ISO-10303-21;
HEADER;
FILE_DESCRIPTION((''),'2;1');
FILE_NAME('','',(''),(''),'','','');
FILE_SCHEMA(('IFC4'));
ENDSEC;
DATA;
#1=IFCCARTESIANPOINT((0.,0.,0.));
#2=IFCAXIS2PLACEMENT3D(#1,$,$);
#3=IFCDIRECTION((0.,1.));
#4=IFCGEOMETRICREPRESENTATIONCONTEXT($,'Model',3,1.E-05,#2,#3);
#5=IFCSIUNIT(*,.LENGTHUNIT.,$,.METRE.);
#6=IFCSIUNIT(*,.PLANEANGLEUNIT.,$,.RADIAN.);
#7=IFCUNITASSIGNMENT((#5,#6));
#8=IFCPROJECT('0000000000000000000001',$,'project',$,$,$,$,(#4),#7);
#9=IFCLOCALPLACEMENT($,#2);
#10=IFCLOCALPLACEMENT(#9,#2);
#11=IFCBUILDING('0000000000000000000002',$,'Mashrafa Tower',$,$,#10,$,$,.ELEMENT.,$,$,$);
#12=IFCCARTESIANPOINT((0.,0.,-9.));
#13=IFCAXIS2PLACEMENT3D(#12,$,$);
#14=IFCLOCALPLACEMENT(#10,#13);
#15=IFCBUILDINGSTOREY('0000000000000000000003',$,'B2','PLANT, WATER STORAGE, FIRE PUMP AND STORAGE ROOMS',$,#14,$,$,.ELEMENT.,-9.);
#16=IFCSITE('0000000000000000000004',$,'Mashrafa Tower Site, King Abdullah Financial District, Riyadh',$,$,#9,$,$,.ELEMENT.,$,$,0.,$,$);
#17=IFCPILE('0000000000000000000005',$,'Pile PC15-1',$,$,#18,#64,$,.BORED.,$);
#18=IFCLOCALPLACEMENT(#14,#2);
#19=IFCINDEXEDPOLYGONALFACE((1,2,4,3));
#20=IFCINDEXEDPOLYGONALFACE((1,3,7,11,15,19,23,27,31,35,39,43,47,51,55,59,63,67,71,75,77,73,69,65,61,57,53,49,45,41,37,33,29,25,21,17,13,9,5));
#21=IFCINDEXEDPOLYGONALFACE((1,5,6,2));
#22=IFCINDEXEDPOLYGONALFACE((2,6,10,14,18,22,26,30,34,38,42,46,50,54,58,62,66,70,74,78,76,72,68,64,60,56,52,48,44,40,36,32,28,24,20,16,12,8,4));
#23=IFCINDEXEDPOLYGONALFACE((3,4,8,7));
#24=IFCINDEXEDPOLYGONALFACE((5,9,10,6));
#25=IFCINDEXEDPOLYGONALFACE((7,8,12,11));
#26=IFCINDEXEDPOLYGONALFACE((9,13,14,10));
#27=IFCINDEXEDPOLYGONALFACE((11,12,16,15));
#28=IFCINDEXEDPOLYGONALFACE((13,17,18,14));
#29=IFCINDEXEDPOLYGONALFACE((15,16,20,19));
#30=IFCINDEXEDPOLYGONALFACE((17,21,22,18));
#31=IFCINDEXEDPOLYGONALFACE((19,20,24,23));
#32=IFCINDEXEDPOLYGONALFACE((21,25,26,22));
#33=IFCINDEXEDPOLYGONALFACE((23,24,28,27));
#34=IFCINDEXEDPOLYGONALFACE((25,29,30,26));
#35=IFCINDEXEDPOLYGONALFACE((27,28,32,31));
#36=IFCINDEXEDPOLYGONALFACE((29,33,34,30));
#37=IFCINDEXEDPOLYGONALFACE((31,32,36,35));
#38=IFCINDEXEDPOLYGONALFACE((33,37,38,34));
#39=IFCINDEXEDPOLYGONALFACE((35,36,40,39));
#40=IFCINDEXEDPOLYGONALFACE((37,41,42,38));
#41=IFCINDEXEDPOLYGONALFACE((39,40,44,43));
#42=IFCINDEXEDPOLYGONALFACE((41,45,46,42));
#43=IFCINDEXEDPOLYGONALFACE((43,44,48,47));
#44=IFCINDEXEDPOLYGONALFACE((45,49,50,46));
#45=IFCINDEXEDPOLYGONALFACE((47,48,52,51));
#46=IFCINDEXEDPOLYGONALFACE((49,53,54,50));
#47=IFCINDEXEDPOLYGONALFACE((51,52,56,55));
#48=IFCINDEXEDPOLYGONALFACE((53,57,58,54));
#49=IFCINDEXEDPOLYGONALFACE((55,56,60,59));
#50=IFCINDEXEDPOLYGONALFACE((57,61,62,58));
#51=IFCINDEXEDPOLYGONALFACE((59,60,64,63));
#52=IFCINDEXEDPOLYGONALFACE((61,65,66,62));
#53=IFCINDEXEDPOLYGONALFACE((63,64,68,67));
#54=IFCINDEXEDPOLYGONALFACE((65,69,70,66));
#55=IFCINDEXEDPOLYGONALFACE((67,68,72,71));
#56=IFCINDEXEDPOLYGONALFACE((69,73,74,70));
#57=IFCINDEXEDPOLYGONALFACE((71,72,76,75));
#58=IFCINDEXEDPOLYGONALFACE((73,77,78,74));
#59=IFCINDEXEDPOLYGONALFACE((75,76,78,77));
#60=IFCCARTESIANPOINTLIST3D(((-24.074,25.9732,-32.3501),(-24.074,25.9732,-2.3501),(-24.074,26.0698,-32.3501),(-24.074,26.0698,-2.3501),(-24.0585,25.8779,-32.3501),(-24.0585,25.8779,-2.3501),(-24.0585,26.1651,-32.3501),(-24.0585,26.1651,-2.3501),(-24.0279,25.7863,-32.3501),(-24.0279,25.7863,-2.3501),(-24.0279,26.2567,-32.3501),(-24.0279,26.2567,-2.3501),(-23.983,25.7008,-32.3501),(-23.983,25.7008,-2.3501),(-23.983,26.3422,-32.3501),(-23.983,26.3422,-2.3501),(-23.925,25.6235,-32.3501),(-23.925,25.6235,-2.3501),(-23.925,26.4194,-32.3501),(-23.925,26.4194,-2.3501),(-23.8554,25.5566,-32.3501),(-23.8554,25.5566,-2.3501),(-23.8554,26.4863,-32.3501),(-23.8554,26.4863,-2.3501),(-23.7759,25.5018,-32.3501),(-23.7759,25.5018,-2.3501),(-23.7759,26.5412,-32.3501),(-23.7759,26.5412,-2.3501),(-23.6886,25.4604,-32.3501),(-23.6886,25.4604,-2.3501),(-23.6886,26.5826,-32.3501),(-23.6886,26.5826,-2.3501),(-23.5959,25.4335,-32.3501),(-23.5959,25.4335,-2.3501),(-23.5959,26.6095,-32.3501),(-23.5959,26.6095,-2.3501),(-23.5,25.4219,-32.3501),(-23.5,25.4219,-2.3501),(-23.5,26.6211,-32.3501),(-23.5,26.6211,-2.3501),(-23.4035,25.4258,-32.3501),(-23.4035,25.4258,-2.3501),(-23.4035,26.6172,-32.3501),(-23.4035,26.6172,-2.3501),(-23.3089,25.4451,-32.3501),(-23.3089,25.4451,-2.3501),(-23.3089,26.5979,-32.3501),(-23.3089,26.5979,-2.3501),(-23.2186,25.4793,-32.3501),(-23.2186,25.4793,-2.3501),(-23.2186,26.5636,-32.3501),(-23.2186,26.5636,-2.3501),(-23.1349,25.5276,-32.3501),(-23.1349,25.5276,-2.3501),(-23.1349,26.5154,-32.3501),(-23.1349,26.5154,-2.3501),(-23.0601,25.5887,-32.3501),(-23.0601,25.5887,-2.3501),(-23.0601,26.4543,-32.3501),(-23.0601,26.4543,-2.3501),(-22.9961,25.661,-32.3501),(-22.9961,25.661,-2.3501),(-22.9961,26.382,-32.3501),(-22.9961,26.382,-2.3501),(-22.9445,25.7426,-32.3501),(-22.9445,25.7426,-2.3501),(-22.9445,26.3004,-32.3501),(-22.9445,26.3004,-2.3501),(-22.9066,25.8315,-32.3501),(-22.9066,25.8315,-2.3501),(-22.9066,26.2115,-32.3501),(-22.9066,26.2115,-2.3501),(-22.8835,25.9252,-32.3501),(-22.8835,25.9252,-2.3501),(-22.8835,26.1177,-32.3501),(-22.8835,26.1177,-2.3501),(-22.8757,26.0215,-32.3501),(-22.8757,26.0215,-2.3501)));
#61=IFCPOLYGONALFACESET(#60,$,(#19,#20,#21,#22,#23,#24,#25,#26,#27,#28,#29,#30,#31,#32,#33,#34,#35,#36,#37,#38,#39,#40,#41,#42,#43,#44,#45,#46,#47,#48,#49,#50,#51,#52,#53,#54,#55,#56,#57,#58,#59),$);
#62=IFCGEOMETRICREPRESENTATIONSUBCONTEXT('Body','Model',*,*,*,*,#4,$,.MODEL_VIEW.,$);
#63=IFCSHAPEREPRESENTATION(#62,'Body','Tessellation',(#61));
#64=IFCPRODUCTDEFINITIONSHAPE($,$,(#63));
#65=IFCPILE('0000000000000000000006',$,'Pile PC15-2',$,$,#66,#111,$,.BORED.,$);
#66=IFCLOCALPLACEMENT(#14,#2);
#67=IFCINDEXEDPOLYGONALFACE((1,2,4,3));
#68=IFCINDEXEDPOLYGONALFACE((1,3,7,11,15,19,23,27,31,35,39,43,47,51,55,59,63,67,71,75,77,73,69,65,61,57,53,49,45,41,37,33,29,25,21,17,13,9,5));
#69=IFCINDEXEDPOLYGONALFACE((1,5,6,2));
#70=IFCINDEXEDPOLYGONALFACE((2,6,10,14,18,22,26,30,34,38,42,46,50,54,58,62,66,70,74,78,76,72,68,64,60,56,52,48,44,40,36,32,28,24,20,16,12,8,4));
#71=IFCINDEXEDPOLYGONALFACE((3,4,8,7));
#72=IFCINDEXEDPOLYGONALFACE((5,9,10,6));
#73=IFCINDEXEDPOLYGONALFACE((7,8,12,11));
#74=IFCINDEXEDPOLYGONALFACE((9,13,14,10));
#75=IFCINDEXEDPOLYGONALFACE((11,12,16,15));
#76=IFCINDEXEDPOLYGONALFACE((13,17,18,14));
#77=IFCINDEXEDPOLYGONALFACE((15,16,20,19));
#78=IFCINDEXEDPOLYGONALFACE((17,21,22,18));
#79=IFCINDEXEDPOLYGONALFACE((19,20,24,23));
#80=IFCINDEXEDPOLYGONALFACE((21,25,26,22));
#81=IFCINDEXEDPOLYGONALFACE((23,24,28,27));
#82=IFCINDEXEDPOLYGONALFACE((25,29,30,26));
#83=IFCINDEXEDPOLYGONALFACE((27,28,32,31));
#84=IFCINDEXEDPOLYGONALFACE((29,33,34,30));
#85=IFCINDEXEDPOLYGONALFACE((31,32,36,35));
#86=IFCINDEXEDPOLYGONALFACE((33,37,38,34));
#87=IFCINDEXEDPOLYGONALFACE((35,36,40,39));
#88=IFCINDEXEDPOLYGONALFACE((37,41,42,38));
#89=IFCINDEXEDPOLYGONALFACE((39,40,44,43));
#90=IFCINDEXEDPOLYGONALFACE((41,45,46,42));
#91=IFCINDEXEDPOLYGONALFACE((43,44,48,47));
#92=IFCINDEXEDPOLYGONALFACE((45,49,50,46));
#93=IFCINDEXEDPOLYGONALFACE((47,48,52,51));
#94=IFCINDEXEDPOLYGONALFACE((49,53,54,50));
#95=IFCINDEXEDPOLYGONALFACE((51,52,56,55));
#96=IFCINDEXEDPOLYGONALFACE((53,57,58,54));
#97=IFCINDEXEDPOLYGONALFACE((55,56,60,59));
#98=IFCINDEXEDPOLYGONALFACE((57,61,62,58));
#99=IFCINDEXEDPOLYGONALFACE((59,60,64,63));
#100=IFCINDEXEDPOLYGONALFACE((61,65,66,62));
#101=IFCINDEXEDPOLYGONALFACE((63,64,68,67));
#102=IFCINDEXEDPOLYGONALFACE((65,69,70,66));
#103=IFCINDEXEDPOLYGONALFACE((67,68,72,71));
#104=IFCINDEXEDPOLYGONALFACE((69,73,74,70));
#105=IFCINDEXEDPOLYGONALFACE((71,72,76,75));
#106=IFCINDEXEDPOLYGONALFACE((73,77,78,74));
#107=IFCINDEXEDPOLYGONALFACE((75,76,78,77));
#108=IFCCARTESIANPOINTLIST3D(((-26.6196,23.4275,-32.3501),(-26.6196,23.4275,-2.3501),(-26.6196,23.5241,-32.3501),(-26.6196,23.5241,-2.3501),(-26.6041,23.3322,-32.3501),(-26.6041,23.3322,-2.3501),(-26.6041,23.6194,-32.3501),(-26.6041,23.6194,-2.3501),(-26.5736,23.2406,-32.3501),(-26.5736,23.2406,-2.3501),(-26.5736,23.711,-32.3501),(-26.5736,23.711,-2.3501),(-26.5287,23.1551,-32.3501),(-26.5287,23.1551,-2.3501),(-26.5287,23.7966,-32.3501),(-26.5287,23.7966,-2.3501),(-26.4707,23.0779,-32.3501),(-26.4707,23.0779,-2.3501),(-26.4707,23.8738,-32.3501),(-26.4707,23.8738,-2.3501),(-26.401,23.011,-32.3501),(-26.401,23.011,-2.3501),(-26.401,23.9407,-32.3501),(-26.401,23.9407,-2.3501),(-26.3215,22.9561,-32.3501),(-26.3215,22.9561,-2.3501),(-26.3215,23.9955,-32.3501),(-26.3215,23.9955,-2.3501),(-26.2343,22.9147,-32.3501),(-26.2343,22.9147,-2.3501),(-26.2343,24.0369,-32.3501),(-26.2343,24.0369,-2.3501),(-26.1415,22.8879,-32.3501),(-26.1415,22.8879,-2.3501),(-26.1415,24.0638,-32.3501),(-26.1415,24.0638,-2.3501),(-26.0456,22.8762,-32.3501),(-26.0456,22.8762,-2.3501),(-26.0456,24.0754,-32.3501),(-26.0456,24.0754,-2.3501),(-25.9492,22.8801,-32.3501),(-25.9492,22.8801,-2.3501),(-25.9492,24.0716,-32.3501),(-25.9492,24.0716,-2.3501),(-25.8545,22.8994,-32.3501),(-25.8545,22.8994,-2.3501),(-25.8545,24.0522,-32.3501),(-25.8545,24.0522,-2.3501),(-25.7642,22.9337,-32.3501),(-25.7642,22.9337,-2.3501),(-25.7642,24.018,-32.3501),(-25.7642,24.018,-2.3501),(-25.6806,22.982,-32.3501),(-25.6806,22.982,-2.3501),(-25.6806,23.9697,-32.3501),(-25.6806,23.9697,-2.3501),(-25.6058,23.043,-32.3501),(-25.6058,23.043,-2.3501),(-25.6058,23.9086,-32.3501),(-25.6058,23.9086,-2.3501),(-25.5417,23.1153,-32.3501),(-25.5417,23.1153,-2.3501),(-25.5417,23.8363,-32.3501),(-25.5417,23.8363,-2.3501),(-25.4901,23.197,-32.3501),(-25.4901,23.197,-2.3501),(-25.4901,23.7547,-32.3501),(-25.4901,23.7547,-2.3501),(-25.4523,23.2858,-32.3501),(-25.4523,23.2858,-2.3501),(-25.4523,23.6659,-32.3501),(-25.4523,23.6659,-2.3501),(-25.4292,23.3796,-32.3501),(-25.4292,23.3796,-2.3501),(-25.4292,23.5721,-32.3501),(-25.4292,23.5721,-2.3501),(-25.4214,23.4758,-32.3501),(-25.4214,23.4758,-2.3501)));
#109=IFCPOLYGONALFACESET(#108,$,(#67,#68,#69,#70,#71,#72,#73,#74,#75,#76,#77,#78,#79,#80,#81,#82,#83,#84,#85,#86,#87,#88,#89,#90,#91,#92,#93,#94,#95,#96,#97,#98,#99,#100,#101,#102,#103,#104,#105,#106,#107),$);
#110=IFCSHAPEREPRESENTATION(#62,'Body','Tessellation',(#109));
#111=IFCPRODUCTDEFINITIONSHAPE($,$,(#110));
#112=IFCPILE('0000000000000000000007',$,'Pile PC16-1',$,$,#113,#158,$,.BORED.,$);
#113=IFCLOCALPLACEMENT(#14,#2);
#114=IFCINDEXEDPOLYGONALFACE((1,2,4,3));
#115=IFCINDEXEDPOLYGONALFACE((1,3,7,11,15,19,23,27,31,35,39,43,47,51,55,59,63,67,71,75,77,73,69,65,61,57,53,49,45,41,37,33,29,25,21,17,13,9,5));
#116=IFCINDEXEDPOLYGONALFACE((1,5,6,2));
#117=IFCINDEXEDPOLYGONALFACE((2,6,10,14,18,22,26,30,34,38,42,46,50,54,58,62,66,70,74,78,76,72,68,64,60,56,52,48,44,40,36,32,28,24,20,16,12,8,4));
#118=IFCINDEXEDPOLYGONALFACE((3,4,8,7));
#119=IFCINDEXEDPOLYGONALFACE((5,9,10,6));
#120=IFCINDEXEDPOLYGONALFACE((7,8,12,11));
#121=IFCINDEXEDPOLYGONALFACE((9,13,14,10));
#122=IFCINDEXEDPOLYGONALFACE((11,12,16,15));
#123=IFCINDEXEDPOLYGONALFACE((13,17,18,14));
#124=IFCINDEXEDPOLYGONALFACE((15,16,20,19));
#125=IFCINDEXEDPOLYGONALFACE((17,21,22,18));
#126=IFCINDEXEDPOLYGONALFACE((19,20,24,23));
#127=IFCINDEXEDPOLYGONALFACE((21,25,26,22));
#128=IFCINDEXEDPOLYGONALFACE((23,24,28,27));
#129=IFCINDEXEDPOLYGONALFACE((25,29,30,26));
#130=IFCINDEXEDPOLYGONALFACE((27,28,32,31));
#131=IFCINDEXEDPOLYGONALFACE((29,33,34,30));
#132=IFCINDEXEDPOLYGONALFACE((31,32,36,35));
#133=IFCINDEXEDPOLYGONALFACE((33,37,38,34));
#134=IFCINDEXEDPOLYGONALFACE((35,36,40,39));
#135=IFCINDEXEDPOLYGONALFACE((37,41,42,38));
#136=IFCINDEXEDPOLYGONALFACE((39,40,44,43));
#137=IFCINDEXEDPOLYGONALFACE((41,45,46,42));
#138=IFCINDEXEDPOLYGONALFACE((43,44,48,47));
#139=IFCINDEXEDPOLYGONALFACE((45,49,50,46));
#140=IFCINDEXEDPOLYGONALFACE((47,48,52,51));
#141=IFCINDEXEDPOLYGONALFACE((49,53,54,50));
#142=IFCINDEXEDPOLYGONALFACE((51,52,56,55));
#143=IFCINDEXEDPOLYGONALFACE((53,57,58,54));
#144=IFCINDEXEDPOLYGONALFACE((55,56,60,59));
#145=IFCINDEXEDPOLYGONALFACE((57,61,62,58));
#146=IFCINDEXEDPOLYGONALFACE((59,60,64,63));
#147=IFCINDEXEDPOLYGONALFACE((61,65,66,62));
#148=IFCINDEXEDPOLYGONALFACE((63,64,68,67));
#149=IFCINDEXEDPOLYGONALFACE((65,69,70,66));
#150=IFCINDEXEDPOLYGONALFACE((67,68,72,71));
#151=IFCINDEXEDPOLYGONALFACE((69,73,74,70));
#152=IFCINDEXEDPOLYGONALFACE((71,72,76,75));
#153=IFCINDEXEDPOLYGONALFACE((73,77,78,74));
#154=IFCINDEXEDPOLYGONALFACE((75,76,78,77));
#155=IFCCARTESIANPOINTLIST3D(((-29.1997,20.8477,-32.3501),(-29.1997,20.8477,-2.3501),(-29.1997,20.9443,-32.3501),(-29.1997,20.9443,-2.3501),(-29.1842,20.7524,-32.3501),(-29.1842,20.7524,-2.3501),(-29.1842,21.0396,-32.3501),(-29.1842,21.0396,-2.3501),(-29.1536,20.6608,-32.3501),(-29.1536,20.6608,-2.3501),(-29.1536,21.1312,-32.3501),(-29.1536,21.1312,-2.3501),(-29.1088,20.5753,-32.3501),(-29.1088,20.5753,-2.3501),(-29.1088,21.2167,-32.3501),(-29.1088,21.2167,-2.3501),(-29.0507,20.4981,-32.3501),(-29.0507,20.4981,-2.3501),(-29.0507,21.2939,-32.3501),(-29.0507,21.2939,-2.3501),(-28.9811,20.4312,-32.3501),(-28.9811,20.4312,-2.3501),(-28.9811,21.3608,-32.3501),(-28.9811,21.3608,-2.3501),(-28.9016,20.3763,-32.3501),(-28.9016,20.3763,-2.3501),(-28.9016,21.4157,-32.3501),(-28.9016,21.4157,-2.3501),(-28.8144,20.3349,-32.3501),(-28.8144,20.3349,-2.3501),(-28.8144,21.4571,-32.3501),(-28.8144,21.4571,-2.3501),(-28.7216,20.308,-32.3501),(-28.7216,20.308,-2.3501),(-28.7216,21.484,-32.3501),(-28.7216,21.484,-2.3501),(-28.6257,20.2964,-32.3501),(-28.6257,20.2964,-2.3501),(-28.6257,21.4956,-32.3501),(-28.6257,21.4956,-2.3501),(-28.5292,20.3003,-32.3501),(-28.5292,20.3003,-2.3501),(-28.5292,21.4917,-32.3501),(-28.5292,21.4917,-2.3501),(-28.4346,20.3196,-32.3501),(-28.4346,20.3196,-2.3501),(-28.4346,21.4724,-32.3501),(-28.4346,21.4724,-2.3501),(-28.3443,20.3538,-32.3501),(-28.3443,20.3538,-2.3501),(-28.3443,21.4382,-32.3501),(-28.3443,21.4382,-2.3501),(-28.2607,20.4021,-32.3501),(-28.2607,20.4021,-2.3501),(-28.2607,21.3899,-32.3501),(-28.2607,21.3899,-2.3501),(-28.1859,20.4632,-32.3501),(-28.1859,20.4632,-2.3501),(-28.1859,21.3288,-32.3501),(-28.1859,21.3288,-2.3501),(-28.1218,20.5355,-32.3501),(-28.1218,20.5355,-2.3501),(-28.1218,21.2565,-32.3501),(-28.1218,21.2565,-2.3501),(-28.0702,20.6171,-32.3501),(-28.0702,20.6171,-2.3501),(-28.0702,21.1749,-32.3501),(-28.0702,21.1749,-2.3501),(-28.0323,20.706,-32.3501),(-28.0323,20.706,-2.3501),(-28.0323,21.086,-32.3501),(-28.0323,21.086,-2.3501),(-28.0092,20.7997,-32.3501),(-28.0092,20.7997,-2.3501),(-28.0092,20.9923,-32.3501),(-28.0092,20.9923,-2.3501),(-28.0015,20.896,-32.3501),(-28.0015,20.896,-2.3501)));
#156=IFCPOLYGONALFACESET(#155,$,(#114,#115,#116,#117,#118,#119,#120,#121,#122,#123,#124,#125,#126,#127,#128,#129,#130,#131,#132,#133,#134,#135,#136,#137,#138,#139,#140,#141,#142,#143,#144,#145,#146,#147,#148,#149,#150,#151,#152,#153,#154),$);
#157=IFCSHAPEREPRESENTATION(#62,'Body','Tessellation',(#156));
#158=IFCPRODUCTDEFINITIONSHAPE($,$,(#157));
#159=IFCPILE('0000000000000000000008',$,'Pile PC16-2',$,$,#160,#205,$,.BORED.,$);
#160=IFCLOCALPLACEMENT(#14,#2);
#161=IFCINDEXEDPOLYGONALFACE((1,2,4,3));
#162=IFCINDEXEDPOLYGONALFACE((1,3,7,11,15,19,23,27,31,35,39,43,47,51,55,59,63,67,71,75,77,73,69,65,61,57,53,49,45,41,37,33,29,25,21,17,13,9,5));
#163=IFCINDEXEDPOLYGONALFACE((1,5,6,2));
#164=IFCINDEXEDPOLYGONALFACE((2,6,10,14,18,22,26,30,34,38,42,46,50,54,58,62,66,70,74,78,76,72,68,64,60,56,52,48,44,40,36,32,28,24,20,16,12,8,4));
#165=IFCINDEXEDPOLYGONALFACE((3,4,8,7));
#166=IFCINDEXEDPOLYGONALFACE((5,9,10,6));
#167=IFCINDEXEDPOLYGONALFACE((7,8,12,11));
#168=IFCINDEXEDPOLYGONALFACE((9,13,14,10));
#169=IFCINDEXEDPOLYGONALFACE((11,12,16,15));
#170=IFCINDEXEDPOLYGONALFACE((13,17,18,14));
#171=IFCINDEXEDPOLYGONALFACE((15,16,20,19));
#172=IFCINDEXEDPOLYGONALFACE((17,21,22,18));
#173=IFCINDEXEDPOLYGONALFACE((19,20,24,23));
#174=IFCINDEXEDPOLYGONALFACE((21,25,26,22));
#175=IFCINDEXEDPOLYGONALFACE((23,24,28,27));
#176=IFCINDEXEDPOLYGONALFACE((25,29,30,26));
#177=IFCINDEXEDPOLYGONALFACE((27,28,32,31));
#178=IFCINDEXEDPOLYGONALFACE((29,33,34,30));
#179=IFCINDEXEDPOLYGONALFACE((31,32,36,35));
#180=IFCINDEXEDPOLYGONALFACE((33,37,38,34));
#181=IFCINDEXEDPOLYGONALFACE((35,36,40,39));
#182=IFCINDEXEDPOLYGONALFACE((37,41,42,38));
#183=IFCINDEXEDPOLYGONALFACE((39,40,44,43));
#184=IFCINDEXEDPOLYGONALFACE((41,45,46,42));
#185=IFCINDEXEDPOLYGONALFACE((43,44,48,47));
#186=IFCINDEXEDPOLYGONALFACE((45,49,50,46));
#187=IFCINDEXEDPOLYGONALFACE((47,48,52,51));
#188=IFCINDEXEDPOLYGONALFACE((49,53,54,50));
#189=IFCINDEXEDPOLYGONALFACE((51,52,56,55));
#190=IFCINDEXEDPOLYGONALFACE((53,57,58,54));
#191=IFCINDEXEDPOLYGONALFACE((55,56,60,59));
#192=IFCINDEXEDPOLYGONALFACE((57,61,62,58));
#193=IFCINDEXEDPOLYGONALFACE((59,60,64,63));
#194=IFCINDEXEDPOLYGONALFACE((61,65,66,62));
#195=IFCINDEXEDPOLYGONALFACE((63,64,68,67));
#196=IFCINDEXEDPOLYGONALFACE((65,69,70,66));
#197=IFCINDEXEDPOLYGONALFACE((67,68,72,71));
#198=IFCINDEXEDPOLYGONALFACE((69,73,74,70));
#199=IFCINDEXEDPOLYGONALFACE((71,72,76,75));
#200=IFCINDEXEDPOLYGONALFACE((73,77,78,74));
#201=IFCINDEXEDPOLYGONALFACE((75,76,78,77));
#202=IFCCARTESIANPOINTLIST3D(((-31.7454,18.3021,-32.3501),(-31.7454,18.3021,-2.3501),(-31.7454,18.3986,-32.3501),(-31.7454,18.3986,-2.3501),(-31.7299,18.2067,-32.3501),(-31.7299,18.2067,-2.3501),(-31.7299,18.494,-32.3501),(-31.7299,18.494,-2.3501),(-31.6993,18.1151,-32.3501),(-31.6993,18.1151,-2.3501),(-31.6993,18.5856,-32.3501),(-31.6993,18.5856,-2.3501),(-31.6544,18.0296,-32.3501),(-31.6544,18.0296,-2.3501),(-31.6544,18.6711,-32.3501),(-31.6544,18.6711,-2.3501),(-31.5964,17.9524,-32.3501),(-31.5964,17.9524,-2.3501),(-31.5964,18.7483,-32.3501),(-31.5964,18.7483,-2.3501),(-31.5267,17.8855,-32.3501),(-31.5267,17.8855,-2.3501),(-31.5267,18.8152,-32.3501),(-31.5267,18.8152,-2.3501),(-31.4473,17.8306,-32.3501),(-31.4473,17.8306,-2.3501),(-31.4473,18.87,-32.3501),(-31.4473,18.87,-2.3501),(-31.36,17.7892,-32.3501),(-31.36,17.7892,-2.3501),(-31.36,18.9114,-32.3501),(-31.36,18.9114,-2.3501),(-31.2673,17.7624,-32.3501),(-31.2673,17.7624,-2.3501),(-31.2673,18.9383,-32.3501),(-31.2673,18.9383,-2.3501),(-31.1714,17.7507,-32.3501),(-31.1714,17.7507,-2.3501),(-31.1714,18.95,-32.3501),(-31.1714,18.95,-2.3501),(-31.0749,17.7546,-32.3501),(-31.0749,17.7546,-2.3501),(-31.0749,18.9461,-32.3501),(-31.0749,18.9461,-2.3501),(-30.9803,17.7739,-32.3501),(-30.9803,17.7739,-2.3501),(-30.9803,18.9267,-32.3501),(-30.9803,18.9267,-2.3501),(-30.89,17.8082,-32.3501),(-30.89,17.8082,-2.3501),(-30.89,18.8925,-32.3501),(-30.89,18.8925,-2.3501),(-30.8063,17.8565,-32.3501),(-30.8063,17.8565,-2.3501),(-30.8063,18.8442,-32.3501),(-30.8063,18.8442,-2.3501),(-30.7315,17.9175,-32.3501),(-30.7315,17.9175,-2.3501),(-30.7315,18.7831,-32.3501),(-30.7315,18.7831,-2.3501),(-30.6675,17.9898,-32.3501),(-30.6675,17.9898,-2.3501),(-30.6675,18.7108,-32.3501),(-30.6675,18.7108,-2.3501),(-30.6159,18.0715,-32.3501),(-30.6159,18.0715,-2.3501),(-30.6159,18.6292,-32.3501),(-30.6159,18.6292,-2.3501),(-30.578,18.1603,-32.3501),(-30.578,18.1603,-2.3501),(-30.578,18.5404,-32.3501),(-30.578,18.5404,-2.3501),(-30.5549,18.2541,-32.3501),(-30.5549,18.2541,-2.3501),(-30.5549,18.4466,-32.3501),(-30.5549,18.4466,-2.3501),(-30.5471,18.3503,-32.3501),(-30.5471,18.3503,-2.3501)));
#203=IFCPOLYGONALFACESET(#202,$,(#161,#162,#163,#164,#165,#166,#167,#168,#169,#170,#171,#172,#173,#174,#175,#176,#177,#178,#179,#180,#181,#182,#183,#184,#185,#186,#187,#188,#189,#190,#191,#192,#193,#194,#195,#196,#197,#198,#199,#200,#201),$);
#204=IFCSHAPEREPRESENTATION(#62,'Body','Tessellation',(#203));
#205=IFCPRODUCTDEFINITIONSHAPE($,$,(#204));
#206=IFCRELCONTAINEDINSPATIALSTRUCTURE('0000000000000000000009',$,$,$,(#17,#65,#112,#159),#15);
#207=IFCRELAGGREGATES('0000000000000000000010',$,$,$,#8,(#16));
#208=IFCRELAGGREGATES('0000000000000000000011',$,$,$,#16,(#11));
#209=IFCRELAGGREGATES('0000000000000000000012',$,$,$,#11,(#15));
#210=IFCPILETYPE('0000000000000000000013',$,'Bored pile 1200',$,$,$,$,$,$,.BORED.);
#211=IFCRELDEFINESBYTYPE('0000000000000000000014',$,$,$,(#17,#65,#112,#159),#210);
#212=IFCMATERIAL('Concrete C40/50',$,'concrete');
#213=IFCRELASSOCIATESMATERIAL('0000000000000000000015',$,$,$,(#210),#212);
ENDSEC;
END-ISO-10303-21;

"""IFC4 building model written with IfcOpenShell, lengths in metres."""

from ifc_helpers import new_model, si_unit, direction, frame, origin, origin_2d, place, context, subcontext, project, spatial, circle, extrude, material, material_profile, profile_set, type_object, element, save


model = new_model("IFC4")

# Units and contexts
model_context = context("Model", 3, precision=1e-05, world=origin(), true_north=direction((0.0, 1.0)))
body_context = subcontext(model_context, "Body", "Model", "MODEL_VIEW")
ifc_project = project(units=[si_unit("LENGTHUNIT", "METRE"), si_unit("PLANEANGLEUNIT", "RADIAN")], contexts=[model_context])

# Site, building, storey
site_placement = place(None, origin())
site = spatial("IfcSite", under=ifc_project, at=site_placement, Name="Mashrafa Tower Site, King Abdullah Financial District, Riyadh", CompositionType="ELEMENT", RefElevation=0.0)
building_placement = place(site_placement, origin())
building = spatial("IfcBuilding", under=site, at=building_placement, Name="Mashrafa Tower", CompositionType="ELEMENT")
storey_placement = place(building_placement, frame((0.0, 0.0, -9.0)))
storey = spatial("IfcBuildingStorey", under=building, at=storey_placement, Name="B2", Description="PLANT, WATER STORAGE, FIRE PUMP AND STORAGE ROOMS", CompositionType="ELEMENT", Elevation=-9.0)

# Piles
ifc_material_1 = material(Name="Concrete C40/50", Category="concrete")
ifc_material_profile_1 = material_profile(ifc_material_1, circle(Radius=0.6001, at=origin_2d()), Name="1200 DIA")
ifc_profile_set_1 = profile_set([ifc_material_profile_1], Name="Concrete C40/50")
pile_type_1 = type_object("IfcPileType", Name="Bored pile 1200", PredefinedType="BORED", material=ifc_profile_set_1)
for number, where, z_axis, x_axis, name in (
    (1, (-23.4758, 26.0215, -2.3501), (0.0, 0.0, -1.0), (1.0, 0.0, 0.0), "Pile PC15-1"),
    (2, (-26.0215, 23.4758, -2.3501), (0.0, 0.0, -1.0), (1.0, 0.0, 0.0), "Pile PC15-2"),
    (3, (-28.6016, 20.896, -2.3501), (0.0, 0.0, -1.0), (1.0, 0.0, 0.0), "Pile PC16-1"),
    (4, (-31.1472, 18.3503, -2.3501), (0.0, 0.0, -1.0), (1.0, 0.0, 0.0), "Pile PC16-2"),
):
    element("IfcPile", number, at=place(storey_placement, frame(where, z_axis=z_axis, x_axis=x_axis)), inside=storey, type_object=pile_type_1, Name=name, PredefinedType="BORED", context=body_context, shape_type="SweptSolid", body=[
        extrude(circle(Radius=0.6001, at=origin_2d()), origin(), (0.0, 0.0, 1.0), 30.0),
    ])

save(model, "model.ifc")
